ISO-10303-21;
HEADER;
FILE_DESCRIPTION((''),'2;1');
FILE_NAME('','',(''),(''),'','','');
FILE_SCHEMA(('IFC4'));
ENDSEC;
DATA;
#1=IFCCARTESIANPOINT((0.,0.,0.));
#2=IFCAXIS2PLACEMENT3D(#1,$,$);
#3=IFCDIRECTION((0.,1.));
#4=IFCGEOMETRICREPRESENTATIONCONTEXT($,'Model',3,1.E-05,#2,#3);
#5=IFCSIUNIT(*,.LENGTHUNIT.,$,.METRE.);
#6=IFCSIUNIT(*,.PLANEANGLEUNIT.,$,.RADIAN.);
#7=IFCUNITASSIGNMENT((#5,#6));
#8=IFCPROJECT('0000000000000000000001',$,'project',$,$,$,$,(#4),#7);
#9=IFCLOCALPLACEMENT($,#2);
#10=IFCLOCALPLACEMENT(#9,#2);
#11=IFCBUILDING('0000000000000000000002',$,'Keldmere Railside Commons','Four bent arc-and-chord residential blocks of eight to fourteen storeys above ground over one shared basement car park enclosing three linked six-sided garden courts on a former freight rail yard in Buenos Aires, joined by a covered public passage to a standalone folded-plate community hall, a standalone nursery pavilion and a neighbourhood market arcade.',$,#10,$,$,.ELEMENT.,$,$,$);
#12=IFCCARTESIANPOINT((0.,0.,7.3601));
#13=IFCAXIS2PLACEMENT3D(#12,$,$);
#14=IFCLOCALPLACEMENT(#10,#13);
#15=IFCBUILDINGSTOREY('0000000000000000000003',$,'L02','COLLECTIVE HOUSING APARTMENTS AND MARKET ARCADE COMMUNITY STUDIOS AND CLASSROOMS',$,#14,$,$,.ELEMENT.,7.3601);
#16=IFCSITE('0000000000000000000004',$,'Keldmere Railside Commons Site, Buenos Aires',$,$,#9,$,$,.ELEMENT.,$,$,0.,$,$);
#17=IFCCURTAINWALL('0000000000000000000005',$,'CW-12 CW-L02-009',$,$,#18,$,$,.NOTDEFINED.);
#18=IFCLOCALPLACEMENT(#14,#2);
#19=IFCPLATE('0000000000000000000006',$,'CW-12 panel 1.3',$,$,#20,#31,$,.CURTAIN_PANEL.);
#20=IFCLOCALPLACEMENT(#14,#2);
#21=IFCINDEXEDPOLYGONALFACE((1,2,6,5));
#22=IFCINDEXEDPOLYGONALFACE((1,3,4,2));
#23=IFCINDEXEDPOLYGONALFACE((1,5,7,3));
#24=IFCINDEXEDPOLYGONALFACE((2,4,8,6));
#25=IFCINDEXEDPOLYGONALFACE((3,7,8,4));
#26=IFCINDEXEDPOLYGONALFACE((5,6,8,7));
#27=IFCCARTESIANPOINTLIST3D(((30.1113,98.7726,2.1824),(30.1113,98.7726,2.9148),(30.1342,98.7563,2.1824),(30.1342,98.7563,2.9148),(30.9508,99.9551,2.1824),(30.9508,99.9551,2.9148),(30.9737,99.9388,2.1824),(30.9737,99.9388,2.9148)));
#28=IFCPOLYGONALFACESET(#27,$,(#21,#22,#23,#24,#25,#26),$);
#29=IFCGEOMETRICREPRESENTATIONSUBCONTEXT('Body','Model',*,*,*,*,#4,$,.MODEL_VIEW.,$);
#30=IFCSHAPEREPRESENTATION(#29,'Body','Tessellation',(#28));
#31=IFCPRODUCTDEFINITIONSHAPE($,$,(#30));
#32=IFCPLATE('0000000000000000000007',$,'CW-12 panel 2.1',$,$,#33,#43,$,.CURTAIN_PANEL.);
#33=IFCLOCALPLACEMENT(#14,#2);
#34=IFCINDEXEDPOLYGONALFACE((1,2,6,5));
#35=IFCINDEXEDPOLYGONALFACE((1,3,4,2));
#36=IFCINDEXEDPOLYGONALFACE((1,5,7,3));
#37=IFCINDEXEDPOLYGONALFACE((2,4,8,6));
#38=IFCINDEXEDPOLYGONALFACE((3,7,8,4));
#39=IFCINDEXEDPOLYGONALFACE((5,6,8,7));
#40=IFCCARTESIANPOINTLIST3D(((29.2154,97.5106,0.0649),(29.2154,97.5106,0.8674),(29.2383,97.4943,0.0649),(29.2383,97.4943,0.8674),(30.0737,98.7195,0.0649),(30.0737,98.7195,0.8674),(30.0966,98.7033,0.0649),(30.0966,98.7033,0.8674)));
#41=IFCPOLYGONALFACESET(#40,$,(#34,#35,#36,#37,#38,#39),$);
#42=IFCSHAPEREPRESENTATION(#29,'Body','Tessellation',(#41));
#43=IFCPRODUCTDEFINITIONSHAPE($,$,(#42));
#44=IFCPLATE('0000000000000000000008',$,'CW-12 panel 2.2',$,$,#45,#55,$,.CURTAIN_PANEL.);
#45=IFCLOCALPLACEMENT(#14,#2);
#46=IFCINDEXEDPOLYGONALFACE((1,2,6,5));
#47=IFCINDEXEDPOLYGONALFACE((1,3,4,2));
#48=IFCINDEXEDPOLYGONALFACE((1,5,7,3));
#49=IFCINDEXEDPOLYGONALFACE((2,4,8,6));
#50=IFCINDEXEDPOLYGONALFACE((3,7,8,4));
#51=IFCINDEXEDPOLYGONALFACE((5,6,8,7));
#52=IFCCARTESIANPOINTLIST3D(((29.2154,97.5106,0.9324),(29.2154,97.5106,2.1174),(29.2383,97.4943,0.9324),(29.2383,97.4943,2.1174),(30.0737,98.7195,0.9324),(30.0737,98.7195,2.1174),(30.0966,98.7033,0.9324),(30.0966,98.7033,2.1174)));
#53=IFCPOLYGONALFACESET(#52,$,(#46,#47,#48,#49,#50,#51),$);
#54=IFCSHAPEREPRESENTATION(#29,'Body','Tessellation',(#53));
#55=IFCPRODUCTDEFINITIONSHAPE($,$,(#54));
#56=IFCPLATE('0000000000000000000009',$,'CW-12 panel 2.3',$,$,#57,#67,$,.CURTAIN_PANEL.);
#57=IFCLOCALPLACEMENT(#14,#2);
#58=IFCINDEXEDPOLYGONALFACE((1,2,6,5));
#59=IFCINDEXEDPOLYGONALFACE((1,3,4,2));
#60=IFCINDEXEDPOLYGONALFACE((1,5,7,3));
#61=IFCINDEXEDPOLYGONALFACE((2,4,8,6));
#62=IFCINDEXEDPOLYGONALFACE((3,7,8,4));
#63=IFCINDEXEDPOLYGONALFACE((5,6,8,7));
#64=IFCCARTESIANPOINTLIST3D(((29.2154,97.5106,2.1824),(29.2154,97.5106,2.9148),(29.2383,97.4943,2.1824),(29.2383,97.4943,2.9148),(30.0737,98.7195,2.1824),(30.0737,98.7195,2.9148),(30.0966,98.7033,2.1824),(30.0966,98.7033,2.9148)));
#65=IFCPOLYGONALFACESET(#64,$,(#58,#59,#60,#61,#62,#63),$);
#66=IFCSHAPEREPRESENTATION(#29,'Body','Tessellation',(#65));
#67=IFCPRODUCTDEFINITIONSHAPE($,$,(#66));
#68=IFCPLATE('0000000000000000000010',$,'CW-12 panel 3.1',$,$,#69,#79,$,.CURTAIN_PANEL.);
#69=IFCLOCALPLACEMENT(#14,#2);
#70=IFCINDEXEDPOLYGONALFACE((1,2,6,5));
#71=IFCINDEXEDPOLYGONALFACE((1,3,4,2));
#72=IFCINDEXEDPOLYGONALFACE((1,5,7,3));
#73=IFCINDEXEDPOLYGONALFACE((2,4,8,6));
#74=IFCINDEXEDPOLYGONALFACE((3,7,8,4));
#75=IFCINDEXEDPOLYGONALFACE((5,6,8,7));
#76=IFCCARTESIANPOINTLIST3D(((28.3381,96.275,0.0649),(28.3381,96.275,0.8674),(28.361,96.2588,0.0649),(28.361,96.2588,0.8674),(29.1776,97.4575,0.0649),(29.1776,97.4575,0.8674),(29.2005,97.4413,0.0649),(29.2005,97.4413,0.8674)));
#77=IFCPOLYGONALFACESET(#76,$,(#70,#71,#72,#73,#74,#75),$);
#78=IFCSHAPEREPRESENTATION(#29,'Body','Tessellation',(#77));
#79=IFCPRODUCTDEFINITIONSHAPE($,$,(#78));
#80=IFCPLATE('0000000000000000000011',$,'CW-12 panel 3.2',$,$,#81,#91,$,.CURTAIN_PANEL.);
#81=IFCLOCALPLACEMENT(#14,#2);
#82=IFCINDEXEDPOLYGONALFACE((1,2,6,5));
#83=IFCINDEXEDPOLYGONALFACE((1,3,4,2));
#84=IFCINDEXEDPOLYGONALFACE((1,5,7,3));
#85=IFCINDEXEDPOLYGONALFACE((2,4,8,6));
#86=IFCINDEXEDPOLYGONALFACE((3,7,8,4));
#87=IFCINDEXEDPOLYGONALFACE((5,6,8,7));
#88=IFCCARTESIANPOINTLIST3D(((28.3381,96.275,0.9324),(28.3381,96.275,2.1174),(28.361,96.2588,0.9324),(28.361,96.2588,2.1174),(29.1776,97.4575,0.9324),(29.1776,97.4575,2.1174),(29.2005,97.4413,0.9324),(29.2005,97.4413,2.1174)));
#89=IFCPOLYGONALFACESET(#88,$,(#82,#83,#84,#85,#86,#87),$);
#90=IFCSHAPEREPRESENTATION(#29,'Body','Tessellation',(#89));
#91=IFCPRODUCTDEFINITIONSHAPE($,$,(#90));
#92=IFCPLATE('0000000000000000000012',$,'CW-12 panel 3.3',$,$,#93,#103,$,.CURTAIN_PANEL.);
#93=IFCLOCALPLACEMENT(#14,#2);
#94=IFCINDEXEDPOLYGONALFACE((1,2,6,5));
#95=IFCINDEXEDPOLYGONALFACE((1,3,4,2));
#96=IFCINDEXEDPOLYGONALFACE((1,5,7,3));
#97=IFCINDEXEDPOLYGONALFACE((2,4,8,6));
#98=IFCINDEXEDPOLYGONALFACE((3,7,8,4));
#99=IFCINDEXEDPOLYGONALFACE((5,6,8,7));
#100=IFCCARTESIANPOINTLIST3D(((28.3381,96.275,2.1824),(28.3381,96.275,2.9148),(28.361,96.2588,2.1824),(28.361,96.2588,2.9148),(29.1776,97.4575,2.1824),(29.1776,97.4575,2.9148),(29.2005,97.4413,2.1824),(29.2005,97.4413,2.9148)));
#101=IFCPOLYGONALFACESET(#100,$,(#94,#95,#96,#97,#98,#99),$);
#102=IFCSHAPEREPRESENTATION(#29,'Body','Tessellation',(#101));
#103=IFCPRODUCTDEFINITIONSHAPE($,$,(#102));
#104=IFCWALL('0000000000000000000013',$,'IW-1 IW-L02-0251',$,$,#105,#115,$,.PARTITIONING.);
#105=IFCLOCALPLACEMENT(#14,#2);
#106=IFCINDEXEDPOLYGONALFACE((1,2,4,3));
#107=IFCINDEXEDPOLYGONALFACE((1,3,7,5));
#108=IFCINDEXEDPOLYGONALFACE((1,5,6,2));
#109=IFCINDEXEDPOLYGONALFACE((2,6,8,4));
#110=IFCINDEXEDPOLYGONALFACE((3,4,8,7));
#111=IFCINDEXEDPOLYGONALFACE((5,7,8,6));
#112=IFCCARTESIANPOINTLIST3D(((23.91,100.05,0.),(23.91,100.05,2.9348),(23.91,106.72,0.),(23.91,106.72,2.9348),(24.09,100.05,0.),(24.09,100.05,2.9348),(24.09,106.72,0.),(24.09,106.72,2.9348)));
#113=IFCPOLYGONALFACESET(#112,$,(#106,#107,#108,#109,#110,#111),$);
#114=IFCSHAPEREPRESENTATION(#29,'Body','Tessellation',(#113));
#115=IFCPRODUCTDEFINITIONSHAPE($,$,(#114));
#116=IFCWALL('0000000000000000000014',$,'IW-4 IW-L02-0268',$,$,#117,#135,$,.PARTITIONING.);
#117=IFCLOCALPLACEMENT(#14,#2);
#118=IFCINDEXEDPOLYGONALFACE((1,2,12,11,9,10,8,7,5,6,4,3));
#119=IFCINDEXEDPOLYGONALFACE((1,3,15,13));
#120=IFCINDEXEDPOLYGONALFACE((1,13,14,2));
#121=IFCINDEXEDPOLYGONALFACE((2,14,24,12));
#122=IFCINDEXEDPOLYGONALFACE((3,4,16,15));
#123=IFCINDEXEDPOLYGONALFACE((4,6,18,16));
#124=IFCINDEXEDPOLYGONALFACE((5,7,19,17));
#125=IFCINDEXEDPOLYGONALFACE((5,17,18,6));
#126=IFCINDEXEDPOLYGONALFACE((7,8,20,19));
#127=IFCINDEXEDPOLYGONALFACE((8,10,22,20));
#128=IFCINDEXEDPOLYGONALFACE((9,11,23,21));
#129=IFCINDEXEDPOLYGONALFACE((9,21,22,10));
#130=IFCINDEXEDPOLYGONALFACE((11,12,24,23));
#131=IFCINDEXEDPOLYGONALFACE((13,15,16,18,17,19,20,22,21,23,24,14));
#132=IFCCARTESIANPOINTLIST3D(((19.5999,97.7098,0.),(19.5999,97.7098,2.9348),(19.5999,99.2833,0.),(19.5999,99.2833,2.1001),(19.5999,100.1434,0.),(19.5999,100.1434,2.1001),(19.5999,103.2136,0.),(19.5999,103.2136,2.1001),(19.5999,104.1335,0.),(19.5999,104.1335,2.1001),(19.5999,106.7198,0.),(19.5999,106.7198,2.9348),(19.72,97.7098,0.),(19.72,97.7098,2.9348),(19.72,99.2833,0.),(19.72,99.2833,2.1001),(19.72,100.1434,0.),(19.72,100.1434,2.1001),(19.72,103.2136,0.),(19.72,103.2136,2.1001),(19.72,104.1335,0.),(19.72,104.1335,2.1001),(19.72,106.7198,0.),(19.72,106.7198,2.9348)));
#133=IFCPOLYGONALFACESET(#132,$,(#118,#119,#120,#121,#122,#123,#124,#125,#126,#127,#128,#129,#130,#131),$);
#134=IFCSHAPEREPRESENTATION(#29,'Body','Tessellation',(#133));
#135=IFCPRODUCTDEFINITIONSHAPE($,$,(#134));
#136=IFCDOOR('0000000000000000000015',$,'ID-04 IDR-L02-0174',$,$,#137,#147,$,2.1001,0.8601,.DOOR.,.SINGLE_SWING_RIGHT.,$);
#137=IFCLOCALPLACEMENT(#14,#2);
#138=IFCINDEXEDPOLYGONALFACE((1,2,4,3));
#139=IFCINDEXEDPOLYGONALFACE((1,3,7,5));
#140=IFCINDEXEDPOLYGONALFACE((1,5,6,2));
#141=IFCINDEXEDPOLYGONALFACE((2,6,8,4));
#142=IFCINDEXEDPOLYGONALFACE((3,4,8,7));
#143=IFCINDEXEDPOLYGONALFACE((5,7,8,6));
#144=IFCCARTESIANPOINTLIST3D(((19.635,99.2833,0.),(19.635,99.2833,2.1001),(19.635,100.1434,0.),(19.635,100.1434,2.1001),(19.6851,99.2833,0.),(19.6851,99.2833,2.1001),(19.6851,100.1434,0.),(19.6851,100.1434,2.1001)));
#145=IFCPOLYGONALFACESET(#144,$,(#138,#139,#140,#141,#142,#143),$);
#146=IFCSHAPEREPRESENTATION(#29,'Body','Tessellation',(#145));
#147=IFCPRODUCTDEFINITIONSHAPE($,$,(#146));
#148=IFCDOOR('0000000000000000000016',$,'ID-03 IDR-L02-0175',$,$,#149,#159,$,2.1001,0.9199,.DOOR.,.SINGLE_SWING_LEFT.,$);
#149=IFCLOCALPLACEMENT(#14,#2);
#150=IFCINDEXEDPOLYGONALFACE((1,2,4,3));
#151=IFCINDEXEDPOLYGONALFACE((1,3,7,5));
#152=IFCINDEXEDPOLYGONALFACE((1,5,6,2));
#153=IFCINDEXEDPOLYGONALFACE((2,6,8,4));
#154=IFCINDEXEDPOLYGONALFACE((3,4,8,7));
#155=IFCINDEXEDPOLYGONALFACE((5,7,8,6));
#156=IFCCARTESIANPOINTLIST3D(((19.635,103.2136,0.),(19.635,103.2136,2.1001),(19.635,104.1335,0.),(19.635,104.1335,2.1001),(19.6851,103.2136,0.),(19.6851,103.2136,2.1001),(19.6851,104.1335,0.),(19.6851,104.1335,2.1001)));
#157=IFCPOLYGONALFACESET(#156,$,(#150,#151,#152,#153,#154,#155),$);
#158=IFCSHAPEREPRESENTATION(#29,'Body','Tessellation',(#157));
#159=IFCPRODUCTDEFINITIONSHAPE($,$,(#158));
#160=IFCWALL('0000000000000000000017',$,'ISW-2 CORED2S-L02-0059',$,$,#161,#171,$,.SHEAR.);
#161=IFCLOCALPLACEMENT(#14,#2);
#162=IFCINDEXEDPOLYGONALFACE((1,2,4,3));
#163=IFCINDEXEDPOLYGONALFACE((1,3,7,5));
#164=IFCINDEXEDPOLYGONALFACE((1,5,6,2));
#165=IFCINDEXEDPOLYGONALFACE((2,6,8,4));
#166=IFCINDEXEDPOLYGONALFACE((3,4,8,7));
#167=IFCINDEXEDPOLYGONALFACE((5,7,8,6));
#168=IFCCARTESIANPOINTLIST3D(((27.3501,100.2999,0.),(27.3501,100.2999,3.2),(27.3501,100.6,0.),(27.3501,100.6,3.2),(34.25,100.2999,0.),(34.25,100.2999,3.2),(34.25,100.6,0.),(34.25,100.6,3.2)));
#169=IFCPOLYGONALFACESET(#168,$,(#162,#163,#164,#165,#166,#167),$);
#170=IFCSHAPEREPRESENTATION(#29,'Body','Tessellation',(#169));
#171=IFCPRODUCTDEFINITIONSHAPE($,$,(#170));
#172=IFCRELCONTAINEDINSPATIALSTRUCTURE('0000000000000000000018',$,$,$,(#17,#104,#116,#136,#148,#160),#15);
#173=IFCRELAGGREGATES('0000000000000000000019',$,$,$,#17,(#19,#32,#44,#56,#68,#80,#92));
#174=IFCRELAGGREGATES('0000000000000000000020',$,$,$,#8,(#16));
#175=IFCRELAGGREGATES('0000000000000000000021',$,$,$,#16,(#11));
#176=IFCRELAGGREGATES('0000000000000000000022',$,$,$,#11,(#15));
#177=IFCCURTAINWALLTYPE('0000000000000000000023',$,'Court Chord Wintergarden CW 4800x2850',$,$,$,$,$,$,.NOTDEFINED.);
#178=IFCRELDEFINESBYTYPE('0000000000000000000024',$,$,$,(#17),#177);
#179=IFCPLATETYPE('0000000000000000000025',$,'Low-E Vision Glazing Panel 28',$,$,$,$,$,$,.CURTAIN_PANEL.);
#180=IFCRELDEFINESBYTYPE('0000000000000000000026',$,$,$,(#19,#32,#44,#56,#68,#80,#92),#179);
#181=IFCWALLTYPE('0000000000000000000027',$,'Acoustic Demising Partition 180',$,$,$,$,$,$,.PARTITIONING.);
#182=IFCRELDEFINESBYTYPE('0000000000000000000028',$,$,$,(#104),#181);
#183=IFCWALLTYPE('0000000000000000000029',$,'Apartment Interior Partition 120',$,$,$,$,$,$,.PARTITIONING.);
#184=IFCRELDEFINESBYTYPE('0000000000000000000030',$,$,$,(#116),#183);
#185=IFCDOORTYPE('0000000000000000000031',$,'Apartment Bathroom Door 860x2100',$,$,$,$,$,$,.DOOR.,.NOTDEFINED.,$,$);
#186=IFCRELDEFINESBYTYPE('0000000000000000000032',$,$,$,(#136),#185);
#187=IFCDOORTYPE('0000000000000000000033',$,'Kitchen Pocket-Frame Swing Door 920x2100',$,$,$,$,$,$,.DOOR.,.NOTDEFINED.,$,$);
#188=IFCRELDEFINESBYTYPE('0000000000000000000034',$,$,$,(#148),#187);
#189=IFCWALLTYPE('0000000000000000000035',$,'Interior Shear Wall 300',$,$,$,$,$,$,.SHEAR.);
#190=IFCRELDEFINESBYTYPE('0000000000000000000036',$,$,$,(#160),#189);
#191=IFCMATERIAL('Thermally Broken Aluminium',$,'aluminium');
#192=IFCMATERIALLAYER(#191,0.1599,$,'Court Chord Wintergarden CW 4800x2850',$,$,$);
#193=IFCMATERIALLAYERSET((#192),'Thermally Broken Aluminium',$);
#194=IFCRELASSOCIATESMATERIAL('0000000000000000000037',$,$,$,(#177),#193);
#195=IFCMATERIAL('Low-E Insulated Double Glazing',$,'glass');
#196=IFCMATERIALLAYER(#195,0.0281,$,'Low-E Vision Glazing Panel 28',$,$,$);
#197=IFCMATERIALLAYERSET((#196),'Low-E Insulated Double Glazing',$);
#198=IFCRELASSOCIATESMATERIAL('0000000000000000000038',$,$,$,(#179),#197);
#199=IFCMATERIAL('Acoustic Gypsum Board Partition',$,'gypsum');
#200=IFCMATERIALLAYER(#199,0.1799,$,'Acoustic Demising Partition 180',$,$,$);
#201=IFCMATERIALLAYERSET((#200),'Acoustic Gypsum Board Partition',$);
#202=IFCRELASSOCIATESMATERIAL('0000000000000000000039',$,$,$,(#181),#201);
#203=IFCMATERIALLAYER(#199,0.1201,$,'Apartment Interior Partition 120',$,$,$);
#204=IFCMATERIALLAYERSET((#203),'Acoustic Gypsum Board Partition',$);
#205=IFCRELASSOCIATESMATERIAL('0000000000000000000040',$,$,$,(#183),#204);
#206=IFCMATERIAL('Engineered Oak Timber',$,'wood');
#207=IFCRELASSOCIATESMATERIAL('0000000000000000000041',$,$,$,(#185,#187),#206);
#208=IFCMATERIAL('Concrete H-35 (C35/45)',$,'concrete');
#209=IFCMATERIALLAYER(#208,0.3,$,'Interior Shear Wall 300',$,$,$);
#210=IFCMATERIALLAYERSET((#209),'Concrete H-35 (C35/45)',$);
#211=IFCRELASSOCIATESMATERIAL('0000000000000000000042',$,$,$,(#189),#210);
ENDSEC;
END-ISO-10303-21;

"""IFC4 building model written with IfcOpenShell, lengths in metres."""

from ifc_helpers import new_model, si_unit, direction, frame, frame_2d, origin, origin_2d, place, context, subcontext, project, spatial, rectangle, extrude, material, layer, layer_set, type_object, element, fill, aggregate, save


model = new_model("IFC4")

# Units and contexts
model_context = context("Model", 3, precision=1e-05, world=origin(), true_north=direction((0.0, 1.0)))
body_context = subcontext(model_context, "Body", "Model", "MODEL_VIEW")
ifc_project = project(units=[si_unit("LENGTHUNIT", "METRE"), si_unit("PLANEANGLEUNIT", "RADIAN")], contexts=[model_context])

# Site, building, storey
site_placement = place(None, origin())
site = spatial("IfcSite", under=ifc_project, at=site_placement, Name="Keldmere Railside Commons Site, Buenos Aires", CompositionType="ELEMENT", RefElevation=0.0)
building_placement = place(site_placement, origin())
building = spatial("IfcBuilding", under=site, at=building_placement, Name="Keldmere Railside Commons", Description="Four bent arc-and-chord residential blocks of eight to fourteen storeys above ground over one shared basement car park enclosing three linked six-sided garden courts on a former freight rail yard in Buenos Aires, joined by a covered public passage to a standalone folded-plate community hall, a standalone nursery pavilion and a neighbourhood market arcade.", CompositionType="ELEMENT")
storey_placement = place(building_placement, frame((0.0, 0.0, 7.3601)))
storey = spatial("IfcBuildingStorey", under=building, at=storey_placement, Name="L02", Description="COLLECTIVE HOUSING APARTMENTS AND MARKET ARCADE COMMUNITY STUDIOS AND CLASSROOMS", CompositionType="ELEMENT", Elevation=7.3601)

# Shared definitions
ifc_material_1 = material(Name="Thermally Broken Aluminium", Category="aluminium")

# Curtain wall
ifc_layer_1 = layer(ifc_material_1, 0.1599, Name="Court Chord Wintergarden CW 4800x2850")
ifc_layer_set_1 = layer_set([ifc_layer_1], Name="Thermally Broken Aluminium")
curtain_wall_type_1 = type_object("IfcCurtainWallType", Name="Court Chord Wintergarden CW 4800x2850", PredefinedType="NOTDEFINED", material=ifc_layer_set_1)
curtain_wall_1_placement = place(storey_placement, origin())
curtain_wall_1 = element("IfcCurtainWall", 1, at=curtain_wall_1_placement, inside=storey, type_object=curtain_wall_type_1, Name="CW-12 CW-L02-009", PredefinedType="NOTDEFINED")

# Plates
ifc_material_2 = material(Name="Low-E Insulated Double Glazing", Category="glass")
ifc_layer_2 = layer(ifc_material_2, 0.0281, Name="Low-E Vision Glazing Panel 28")
ifc_layer_set_2 = layer_set([ifc_layer_2], Name="Low-E Insulated Double Glazing")
plate_type_1 = type_object("IfcPlateType", Name="Low-E Vision Glazing Panel 28", PredefinedType="CURTAIN_PANEL", material=ifc_layer_set_2)
plate_1_placement = place(storey_placement, frame((30.5425, 99.3557, 2.1824), z_axis=(0.0, 0.0, 1.0), x_axis=(-0.578913, -0.815389, 0.0)))
plate_1 = element("IfcPlate", 2, at=plate_1_placement, type_object=plate_type_1, Name="CW-12 panel 1.3", PredefinedType="CURTAIN_PANEL", context=body_context, shape_type="SweptSolid", body=[
    extrude(rectangle(XDim=1.4502, YDim=0.0281, at=origin_2d()), origin(), (0.0, 0.0, 1.0), 0.7324),
])
plate_2_placement = place(storey_placement, frame((29.656, 98.1069, 0.0649), z_axis=(0.0, 0.0, 1.0), x_axis=(-0.578913, -0.815389, 0.0)))
plate_2 = element("IfcPlate", 3, at=plate_2_placement, type_object=plate_type_1, Name="CW-12 panel 2.1", PredefinedType="CURTAIN_PANEL", context=body_context, shape_type="SweptSolid", body=[
    extrude(rectangle(XDim=1.4827, YDim=0.0281, at=origin_2d()), origin(), (0.0, 0.0, 1.0), 0.8025),
])
plate_3_placement = place(storey_placement, frame((29.656, 98.1069, 0.9324), z_axis=(0.0, 0.0, 1.0), x_axis=(-0.578913, -0.815389, 0.0)))
plate_3 = element("IfcPlate", 4, at=plate_3_placement, type_object=plate_type_1, Name="CW-12 panel 2.2", PredefinedType="CURTAIN_PANEL", context=body_context, shape_type="SweptSolid", body=[
    extrude(rectangle(XDim=1.4827, YDim=0.0281, at=origin_2d()), origin(), (0.0, 0.0, 1.0), 1.1851),
])
plate_4_placement = place(storey_placement, frame((29.656, 98.1069, 2.1824), z_axis=(0.0, 0.0, 1.0), x_axis=(-0.578913, -0.815389, 0.0)))
plate_4 = element("IfcPlate", 5, at=plate_4_placement, type_object=plate_type_1, Name="CW-12 panel 2.3", PredefinedType="CURTAIN_PANEL", context=body_context, shape_type="SweptSolid", body=[
    extrude(rectangle(XDim=1.4827, YDim=0.0281, at=origin_2d()), origin(), (0.0, 0.0, 1.0), 0.7324),
])
plate_5_placement = place(storey_placement, frame((28.7693, 96.8582, 0.0649), z_axis=(0.0, 0.0, 1.0), x_axis=(-0.578913, -0.815389, 0.0)))
plate_5 = element("IfcPlate", 6, at=plate_5_placement, type_object=plate_type_1, Name="CW-12 panel 3.1", PredefinedType="CURTAIN_PANEL", context=body_context, shape_type="SweptSolid", body=[
    extrude(rectangle(XDim=1.4502, YDim=0.0281, at=origin_2d()), origin(), (0.0, 0.0, 1.0), 0.8025),
])
plate_6_placement = place(storey_placement, frame((28.7693, 96.8582, 0.9324), z_axis=(0.0, 0.0, 1.0), x_axis=(-0.578913, -0.815389, 0.0)))
plate_6 = element("IfcPlate", 7, at=plate_6_placement, type_object=plate_type_1, Name="CW-12 panel 3.2", PredefinedType="CURTAIN_PANEL", context=body_context, shape_type="SweptSolid", body=[
    extrude(rectangle(XDim=1.4502, YDim=0.0281, at=origin_2d()), origin(), (0.0, 0.0, 1.0), 1.1851),
])
plate_7_placement = place(storey_placement, frame((28.7693, 96.8582, 2.1824), z_axis=(0.0, 0.0, 1.0), x_axis=(-0.578913, -0.815389, 0.0)))
plate_7 = element("IfcPlate", 8, at=plate_7_placement, type_object=plate_type_1, Name="CW-12 panel 3.3", PredefinedType="CURTAIN_PANEL", context=body_context, shape_type="SweptSolid", body=[
    extrude(rectangle(XDim=1.4502, YDim=0.0281, at=origin_2d()), origin(), (0.0, 0.0, 1.0), 0.7324),
])
aggregate(curtain_wall_1, [plate_1, plate_2, plate_3, plate_4, plate_5, plate_6, plate_7])

# Wall
ifc_material_3 = material(Name="Acoustic Gypsum Board Partition", Category="gypsum")
ifc_layer_3 = layer(ifc_material_3, 0.1799, Name="Acoustic Demising Partition 180")
ifc_layer_set_3 = layer_set([ifc_layer_3], Name="Acoustic Gypsum Board Partition")
wall_type_1 = type_object("IfcWallType", Name="Acoustic Demising Partition 180", PredefinedType="PARTITIONING", material=ifc_layer_set_3)
wall_1_placement = place(storey_placement, frame((24.0, 100.05, 0.0), z_axis=(0.0, 0.0, 1.0), x_axis=(0.0, 1.0, 0.0)))
element("IfcWall", 9, at=wall_1_placement, inside=storey, type_object=wall_type_1, Name="IW-1 IW-L02-0251", PredefinedType="PARTITIONING", context=body_context, shape_type="SweptSolid", body=[
    extrude(rectangle(XDim=6.6699, YDim=0.1799, at=frame_2d((3.335, 0.0))), origin(), (0.0, 0.0, 1.0), 2.9348),
])

# Wall, openings, doors
ifc_layer_4 = layer(ifc_material_3, 0.1201, Name="Apartment Interior Partition 120")
ifc_layer_set_4 = layer_set([ifc_layer_4], Name="Acoustic Gypsum Board Partition")
wall_type_2 = type_object("IfcWallType", Name="Apartment Interior Partition 120", PredefinedType="PARTITIONING", material=ifc_layer_set_4)
wall_2_placement = place(storey_placement, frame((19.6599, 97.71, 0.0), z_axis=(0.0, 0.0, 1.0), x_axis=(0.0, 1.0, 0.0)))
wall_2 = element("IfcWall", 10, at=wall_2_placement, inside=storey, type_object=wall_type_2, Name="IW-4 IW-L02-0268", PredefinedType="PARTITIONING", context=body_context, shape_type="SweptSolid", body=[
    extrude(rectangle(XDim=9.01, YDim=0.1201, at=frame_2d((4.5049, 0.0))), origin(), (0.0, 0.0, 1.0), 2.9348),
])
opening_1_placement = place(wall_2_placement, frame((1.5732, 0.0, 0.0)))
opening_1 = element("IfcOpeningElement", 11, at=opening_1_placement, cuts=wall_2, PredefinedType="OPENING", context=body_context, shape_type="SweptSolid", body=[
    extrude(rectangle(XDim=0.8601, YDim=2.1001, at=frame_2d((0.4302, 1.05))), frame((0.0, 0.0701, 0.0), z_axis=(0.0, -1.0, 0.0), x_axis=(1.0, 0.0, 0.0)), (0.0, 0.0, 1.0), 0.1401),
])
opening_2_placement = place(wall_2_placement, frame((5.5037, 0.0, 0.0)))
opening_2 = element("IfcOpeningElement", 12, at=opening_2_placement, cuts=wall_2, PredefinedType="OPENING", context=body_context, shape_type="SweptSolid", body=[
    extrude(rectangle(XDim=0.9199, YDim=2.1001, at=frame_2d((0.46, 1.05))), frame((0.0, 0.0701, 0.0), z_axis=(0.0, -1.0, 0.0), x_axis=(1.0, 0.0, 0.0)), (0.0, 0.0, 1.0), 0.1401),
])
ifc_material_4 = material(Name="Engineered Oak Timber", Category="wood")
door_type_1 = type_object("IfcDoorType", Name="Apartment Bathroom Door 860x2100", OperationType="NOTDEFINED", PredefinedType="DOOR", material=ifc_material_4)
door_1_placement = place(opening_1_placement, origin())
door_1 = element("IfcDoor", 13, at=door_1_placement, inside=storey, type_object=door_type_1, Name="ID-04 IDR-L02-0174", OperationType="SINGLE_SWING_RIGHT", OverallHeight=2.1001, OverallWidth=0.8601, PredefinedType="DOOR", context=body_context, shape_type="SweptSolid", body=[
    extrude(rectangle(XDim=0.8601, YDim=2.1001, at=frame_2d((0.4302, 1.05))), frame((0.0, 0.0249, 0.0), z_axis=(0.0, -1.0, 0.0), x_axis=(1.0, 0.0, 0.0)), (0.0, 0.0, 1.0), 0.05),
])
fill(opening_1, door_1)
door_type_2 = type_object("IfcDoorType", Name="Kitchen Pocket-Frame Swing Door 920x2100", OperationType="NOTDEFINED", PredefinedType="DOOR", material=ifc_material_4)
door_2_placement = place(opening_2_placement, origin())
door_2 = element("IfcDoor", 14, at=door_2_placement, inside=storey, type_object=door_type_2, Name="ID-03 IDR-L02-0175", OperationType="SINGLE_SWING_LEFT", OverallHeight=2.1001, OverallWidth=0.9199, PredefinedType="DOOR", context=body_context, shape_type="SweptSolid", body=[
    extrude(rectangle(XDim=0.9199, YDim=2.1001, at=frame_2d((0.46, 1.05))), frame((0.0, 0.0249, 0.0), z_axis=(0.0, -1.0, 0.0), x_axis=(1.0, 0.0, 0.0)), (0.0, 0.0, 1.0), 0.05),
])
fill(opening_2, door_2)

# Wall
ifc_material_5 = material(Name="Concrete H-35 (C35/45)", Category="concrete")
ifc_layer_5 = layer(ifc_material_5, 0.3, Name="Interior Shear Wall 300")
ifc_layer_set_5 = layer_set([ifc_layer_5], Name="Concrete H-35 (C35/45)")
wall_type_3 = type_object("IfcWallType", Name="Interior Shear Wall 300", PredefinedType="SHEAR", material=ifc_layer_set_5)
wall_3_placement = place(storey_placement, frame((27.3501, 100.45, 0.0), z_axis=(0.0, 0.0, 1.0), x_axis=(1.0, 0.0, 0.0)))
element("IfcWall", 15, at=wall_3_placement, inside=storey, type_object=wall_type_3, Name="ISW-2 CORED2S-L02-0059", PredefinedType="SHEAR", context=body_context, shape_type="SweptSolid", body=[
    extrude(rectangle(XDim=6.8999, YDim=0.3, at=frame_2d((3.45, 0.0))), origin(), (0.0, 0.0, 1.0), 3.2),
])

save(model, "model.ifc")
